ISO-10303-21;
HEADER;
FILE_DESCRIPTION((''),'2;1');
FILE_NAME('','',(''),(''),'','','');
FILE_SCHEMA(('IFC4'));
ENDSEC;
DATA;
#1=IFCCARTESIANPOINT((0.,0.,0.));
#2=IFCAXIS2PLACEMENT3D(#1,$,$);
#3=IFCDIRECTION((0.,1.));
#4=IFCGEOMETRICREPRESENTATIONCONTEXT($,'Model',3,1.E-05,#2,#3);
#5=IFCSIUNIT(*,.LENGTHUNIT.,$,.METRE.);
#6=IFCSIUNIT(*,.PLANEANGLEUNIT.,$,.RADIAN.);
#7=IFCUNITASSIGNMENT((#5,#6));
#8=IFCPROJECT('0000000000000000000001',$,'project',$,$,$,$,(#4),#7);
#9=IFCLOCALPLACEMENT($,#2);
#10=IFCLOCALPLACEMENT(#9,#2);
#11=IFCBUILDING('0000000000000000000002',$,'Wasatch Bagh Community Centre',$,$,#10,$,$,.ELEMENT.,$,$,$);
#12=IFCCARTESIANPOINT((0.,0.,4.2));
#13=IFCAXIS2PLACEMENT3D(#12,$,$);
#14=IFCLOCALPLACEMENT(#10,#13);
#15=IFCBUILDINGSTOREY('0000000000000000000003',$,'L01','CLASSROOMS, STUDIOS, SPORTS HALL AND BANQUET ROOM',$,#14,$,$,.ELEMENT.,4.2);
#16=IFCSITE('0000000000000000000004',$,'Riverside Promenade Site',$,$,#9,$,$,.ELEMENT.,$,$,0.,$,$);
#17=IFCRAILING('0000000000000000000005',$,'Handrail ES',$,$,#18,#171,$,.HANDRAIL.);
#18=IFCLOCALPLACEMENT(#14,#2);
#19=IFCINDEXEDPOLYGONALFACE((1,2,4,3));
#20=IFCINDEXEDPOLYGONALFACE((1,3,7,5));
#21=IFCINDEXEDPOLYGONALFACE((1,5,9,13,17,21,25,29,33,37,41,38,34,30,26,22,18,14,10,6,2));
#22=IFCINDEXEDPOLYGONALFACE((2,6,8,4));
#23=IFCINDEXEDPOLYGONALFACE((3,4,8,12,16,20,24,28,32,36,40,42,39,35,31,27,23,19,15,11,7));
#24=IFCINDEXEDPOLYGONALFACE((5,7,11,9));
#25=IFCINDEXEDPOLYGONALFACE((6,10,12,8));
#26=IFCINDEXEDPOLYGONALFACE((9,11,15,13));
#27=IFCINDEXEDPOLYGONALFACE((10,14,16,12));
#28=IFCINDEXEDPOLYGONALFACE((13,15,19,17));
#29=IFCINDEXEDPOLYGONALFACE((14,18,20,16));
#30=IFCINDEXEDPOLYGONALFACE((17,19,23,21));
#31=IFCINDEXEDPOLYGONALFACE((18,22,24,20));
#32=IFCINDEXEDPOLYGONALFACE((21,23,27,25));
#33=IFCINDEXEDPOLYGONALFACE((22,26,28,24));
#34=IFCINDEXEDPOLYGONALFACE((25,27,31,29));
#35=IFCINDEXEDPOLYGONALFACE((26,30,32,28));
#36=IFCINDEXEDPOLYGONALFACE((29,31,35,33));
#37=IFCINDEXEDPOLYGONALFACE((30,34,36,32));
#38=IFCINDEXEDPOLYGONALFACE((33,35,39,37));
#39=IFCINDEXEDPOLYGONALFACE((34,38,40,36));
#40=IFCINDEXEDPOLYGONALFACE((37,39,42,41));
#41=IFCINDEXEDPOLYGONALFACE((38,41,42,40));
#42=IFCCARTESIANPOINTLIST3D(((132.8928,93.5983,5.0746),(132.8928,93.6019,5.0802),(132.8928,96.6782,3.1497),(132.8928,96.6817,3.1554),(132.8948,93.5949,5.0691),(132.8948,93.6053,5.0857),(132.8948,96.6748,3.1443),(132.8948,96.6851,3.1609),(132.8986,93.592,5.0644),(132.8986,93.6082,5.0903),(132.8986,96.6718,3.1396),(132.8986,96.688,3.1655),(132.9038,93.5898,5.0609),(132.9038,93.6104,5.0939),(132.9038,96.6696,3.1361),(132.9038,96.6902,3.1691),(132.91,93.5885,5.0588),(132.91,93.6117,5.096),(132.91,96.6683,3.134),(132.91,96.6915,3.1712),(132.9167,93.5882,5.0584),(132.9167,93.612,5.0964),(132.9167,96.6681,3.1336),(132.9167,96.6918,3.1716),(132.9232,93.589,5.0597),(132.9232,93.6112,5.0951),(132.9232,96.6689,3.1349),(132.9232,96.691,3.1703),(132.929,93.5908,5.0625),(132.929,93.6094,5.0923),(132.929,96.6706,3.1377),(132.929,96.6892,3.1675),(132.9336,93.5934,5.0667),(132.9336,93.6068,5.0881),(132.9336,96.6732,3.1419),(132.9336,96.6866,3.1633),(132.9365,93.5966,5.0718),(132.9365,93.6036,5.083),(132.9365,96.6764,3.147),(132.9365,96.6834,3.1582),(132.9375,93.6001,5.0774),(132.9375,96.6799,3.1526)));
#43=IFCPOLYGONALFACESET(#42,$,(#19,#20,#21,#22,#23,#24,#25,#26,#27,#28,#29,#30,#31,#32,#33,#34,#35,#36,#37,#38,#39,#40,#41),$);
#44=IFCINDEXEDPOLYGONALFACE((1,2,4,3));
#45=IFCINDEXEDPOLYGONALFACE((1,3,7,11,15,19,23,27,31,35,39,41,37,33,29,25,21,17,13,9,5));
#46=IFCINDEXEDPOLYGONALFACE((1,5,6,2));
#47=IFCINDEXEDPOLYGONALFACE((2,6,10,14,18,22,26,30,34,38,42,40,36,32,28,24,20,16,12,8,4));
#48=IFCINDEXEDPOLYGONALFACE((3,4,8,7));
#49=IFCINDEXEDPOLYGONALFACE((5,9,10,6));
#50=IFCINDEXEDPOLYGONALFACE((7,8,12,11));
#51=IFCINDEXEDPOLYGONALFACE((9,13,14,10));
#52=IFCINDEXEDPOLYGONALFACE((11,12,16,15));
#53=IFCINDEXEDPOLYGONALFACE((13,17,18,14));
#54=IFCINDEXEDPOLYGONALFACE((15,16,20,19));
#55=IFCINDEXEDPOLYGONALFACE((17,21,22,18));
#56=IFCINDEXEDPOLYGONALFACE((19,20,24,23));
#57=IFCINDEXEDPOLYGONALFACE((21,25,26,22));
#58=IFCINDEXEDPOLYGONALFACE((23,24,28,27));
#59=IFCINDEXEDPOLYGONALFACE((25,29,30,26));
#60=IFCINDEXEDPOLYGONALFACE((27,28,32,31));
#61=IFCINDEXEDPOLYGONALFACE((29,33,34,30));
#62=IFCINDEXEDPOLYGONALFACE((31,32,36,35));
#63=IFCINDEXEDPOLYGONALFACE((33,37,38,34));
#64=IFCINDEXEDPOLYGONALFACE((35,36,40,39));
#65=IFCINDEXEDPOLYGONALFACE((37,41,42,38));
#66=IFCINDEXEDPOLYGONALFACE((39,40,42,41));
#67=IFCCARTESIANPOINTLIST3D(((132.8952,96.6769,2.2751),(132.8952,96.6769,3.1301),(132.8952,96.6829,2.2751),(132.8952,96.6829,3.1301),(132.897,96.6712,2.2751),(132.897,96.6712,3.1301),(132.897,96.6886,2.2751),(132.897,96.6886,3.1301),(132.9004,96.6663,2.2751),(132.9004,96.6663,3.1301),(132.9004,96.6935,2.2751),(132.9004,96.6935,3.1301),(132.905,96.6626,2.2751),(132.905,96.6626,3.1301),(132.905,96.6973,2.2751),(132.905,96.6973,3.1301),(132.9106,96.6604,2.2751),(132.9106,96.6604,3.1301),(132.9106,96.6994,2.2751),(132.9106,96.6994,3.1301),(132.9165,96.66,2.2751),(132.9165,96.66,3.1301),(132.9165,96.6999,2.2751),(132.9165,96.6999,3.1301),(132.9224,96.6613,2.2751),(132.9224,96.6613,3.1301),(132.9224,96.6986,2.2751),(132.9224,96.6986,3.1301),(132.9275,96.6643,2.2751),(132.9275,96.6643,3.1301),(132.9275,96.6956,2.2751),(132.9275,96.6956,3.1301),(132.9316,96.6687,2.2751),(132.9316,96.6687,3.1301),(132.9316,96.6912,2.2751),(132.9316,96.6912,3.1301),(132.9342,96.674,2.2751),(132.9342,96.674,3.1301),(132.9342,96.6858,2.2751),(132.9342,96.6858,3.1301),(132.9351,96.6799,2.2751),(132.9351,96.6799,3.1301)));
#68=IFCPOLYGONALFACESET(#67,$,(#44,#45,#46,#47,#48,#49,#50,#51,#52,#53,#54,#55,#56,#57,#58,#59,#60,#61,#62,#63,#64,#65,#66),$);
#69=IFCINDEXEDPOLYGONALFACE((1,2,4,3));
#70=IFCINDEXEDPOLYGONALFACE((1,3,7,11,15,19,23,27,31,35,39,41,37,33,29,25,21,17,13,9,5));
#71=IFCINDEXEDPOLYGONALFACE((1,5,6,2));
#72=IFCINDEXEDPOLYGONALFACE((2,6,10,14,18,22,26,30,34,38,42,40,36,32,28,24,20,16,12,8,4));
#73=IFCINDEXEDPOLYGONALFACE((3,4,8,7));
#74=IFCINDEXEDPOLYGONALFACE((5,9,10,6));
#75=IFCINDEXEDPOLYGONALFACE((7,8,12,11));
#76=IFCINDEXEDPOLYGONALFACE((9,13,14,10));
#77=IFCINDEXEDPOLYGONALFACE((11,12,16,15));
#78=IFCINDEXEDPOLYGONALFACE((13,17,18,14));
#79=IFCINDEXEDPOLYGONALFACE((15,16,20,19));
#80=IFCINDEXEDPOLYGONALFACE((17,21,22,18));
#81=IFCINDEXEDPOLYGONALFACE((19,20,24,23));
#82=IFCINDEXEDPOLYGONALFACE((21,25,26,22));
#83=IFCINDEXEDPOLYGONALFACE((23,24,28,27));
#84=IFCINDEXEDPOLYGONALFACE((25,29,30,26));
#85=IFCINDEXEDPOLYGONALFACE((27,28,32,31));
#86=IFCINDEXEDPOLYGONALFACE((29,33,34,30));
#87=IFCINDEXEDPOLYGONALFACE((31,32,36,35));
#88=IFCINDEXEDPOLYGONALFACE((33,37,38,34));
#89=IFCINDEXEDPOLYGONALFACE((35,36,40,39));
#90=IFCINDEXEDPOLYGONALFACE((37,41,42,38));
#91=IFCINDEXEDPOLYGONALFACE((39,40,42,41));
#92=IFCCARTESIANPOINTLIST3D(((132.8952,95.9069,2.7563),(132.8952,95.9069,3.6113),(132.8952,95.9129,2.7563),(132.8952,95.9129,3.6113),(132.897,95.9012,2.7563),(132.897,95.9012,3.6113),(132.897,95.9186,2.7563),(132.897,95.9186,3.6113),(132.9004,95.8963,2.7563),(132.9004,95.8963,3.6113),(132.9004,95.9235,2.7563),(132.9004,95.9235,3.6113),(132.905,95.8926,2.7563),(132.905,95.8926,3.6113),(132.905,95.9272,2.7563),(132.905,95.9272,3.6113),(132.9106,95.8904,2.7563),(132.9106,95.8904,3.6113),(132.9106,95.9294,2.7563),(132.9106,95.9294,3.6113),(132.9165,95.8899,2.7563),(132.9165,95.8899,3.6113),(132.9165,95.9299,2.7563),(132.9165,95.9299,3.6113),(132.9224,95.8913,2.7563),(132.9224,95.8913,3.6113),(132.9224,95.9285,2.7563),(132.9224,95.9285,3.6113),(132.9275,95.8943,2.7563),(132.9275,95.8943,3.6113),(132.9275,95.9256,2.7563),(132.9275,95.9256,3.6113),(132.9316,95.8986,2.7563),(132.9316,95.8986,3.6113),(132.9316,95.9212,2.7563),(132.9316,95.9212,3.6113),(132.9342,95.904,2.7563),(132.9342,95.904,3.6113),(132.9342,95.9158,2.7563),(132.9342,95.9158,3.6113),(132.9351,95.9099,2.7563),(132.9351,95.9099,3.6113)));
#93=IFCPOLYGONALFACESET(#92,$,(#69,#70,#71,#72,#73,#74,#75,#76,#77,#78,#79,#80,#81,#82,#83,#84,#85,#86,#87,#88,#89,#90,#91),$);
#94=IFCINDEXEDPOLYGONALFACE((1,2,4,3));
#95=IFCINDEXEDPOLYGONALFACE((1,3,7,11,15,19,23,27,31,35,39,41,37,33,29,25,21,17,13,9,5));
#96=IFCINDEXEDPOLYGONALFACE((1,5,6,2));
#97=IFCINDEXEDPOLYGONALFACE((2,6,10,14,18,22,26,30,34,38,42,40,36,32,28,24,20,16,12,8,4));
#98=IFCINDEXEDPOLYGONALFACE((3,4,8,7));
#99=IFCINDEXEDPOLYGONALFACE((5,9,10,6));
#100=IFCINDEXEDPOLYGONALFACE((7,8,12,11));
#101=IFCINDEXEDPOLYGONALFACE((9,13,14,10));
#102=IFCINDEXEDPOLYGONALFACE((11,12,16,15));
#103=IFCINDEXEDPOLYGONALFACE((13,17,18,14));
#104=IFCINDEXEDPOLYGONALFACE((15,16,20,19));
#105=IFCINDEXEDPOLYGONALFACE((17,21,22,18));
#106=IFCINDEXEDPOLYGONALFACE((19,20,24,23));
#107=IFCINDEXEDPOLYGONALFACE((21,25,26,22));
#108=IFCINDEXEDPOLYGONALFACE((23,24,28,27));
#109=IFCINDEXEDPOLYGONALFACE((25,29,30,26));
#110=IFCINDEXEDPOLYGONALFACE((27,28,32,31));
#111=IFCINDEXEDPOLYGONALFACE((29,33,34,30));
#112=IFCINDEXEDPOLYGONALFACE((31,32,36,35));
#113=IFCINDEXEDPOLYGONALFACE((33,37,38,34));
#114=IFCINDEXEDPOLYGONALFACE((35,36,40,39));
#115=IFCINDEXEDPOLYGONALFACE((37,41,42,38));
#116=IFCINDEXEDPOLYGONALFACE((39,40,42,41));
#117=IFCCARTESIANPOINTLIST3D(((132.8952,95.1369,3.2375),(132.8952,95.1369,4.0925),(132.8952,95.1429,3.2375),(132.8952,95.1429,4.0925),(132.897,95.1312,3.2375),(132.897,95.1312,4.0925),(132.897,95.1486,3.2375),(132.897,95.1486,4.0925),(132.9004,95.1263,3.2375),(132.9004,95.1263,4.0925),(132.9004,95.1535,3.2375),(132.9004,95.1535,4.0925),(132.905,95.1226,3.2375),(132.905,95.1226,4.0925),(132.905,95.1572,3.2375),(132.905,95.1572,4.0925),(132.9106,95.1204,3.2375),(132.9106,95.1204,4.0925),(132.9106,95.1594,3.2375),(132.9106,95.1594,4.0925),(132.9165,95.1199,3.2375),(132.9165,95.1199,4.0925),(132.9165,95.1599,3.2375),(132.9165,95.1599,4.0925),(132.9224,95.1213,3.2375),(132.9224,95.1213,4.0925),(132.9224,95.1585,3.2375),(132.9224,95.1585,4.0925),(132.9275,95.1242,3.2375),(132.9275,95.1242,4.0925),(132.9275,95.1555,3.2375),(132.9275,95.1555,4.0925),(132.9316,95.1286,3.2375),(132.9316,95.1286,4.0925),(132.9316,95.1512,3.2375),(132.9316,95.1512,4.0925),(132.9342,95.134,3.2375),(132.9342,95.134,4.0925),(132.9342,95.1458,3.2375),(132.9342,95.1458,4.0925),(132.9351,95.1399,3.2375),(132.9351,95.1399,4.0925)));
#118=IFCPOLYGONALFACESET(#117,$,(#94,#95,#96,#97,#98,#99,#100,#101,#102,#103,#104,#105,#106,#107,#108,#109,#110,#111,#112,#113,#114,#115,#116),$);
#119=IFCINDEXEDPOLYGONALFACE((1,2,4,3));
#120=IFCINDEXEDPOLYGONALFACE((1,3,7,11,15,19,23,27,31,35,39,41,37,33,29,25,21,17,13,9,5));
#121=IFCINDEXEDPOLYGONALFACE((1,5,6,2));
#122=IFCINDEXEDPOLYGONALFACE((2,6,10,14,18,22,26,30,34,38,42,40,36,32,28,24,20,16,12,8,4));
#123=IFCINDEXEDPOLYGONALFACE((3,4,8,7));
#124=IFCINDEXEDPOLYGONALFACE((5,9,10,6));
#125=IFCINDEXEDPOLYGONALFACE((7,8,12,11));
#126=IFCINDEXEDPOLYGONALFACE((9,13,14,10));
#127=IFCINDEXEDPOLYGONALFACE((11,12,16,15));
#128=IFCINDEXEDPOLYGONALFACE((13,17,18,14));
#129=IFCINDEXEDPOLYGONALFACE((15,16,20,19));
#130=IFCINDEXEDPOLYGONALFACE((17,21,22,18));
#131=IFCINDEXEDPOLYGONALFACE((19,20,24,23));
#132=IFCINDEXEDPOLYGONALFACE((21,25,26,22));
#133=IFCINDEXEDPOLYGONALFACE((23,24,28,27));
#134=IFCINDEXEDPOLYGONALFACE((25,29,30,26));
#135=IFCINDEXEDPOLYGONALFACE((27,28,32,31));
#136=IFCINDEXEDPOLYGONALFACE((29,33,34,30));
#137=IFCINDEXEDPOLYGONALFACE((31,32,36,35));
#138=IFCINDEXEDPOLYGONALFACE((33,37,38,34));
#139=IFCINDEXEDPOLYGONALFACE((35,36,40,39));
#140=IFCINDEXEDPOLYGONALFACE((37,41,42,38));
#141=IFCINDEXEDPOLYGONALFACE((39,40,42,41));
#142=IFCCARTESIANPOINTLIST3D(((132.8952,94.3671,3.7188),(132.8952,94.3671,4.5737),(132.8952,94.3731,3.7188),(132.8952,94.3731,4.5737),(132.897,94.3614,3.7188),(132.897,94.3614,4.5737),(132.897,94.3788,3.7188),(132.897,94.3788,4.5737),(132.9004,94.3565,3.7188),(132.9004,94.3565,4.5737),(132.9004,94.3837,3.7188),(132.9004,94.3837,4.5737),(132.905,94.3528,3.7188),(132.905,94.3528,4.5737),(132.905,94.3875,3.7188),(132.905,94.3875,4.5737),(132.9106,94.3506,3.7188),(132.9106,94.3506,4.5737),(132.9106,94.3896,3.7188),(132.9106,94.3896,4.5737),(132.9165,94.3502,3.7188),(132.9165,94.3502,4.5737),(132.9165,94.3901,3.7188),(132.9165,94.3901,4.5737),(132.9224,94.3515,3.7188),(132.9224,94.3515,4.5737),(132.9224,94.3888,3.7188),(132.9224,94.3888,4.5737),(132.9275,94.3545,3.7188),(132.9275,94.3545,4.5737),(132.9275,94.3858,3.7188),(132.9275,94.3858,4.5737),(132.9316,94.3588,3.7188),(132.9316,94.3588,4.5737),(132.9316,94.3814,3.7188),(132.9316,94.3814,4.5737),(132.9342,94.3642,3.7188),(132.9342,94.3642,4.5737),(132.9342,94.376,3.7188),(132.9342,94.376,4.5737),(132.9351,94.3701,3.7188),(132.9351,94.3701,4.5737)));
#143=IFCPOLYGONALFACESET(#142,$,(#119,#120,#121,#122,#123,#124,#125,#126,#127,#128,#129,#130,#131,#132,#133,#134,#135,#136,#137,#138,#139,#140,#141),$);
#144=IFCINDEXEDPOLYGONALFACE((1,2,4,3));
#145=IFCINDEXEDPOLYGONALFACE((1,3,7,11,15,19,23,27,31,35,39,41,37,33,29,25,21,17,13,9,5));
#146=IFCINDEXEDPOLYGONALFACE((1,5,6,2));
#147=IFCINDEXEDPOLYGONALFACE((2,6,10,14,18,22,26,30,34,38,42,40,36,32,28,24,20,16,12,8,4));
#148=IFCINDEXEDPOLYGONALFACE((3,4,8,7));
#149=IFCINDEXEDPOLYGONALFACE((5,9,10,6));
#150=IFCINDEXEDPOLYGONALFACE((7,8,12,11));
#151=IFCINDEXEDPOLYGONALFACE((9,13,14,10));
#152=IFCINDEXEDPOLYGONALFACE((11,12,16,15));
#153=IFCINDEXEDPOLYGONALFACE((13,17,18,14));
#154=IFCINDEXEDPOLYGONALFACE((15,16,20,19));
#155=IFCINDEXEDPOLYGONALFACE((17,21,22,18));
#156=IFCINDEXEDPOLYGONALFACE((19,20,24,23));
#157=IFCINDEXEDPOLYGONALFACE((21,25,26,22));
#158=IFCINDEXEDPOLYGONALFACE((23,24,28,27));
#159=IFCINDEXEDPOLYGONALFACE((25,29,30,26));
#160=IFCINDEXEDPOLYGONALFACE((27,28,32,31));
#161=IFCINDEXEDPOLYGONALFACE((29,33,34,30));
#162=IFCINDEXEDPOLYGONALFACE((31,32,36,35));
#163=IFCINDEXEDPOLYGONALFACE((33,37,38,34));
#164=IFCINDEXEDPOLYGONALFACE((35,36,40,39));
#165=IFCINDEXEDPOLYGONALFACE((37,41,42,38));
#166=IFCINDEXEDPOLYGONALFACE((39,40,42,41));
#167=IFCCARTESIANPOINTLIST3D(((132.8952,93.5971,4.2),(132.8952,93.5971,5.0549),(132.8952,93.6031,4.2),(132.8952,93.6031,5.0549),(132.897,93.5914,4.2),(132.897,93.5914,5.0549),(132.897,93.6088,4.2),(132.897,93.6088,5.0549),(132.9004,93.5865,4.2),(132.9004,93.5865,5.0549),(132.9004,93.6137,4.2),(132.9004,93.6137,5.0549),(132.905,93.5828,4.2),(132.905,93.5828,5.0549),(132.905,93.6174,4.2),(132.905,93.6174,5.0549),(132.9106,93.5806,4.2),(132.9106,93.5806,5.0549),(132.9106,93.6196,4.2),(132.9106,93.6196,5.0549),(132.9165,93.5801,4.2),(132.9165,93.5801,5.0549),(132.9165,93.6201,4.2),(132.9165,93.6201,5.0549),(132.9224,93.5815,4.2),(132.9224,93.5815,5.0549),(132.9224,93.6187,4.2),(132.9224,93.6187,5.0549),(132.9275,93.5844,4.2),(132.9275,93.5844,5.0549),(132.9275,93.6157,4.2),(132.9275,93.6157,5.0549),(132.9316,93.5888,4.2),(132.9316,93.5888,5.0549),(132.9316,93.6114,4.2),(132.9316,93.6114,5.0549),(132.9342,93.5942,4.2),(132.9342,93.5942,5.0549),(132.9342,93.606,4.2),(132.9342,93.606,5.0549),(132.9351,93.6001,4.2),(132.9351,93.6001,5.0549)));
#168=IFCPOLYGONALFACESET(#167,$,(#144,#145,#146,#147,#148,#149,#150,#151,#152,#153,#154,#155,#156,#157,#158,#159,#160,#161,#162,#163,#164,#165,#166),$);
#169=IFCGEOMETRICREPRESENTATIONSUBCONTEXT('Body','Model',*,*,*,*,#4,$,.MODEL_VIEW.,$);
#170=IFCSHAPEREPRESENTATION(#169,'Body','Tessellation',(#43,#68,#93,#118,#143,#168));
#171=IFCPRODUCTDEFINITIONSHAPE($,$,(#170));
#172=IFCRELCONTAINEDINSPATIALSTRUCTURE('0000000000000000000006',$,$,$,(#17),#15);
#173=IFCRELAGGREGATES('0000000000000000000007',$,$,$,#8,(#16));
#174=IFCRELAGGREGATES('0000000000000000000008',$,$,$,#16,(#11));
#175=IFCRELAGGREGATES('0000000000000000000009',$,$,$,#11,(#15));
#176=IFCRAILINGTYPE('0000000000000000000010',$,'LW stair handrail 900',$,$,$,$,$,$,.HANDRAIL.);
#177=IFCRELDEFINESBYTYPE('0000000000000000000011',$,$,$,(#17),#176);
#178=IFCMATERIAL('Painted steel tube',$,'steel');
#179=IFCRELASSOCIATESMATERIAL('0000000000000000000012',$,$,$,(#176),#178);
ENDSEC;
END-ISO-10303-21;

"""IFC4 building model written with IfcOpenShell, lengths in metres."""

from ifc_helpers import new_model, si_unit, direction, frame, origin, origin_2d, place, context, subcontext, project, spatial, circle, extrude, material, type_object, element, save


model = new_model("IFC4")

# Units and contexts
model_context = context("Model", 3, precision=1e-05, world=origin(), true_north=direction((0.0, 1.0)))
body_context = subcontext(model_context, "Body", "Model", "MODEL_VIEW")
ifc_project = project(units=[si_unit("LENGTHUNIT", "METRE"), si_unit("PLANEANGLEUNIT", "RADIAN")], contexts=[model_context])

# Site, building, storey
site_placement = place(None, origin())
site = spatial("IfcSite", under=ifc_project, at=site_placement, Name="Riverside Promenade Site", CompositionType="ELEMENT", RefElevation=0.0)
building_placement = place(site_placement, origin())
building = spatial("IfcBuilding", under=site, at=building_placement, Name="Wasatch Bagh Community Centre", CompositionType="ELEMENT")
storey_placement = place(building_placement, frame((0.0, 0.0, 4.2)))
storey = spatial("IfcBuildingStorey", under=building, at=storey_placement, Name="L01", Description="CLASSROOMS, STUDIOS, SPORTS HALL AND BANQUET ROOM", CompositionType="ELEMENT", Elevation=4.2)

# Railing
ifc_material_1 = material(Name="Painted steel tube", Category="steel")
railing_type_1 = type_object("IfcRailingType", Name="LW stair handrail 900", PredefinedType="HANDRAIL", material=ifc_material_1)
for number, where, name in (
    (1, (132.915, 96.6799, 2.2751), "Handrail ES"),
):
    element("IfcRailing", number, at=place(storey_placement, frame(where)), inside=storey, type_object=railing_type_1, Name=name, PredefinedType="HANDRAIL", context=body_context, shape_type="SweptSolid", body=[
        extrude(circle(Radius=0.0225, at=origin_2d()), frame((0.0, 0.0, 0.8774), z_axis=(0.0, -0.84801, 0.529981), x_axis=(1.0, 0.0, 0.0)), (0.0, 0.0, 1.0), 3.6318),
        extrude(circle(Radius=0.02, at=origin_2d()), origin(), (0.0, 0.0, 1.0), 0.855),
        extrude(circle(Radius=0.02, at=origin_2d()), frame((0.0, -0.77, 0.4812)), (0.0, 0.0, 1.0), 0.855),
        extrude(circle(Radius=0.02, at=origin_2d()), frame((0.0, -1.54, 0.9624)), (0.0, 0.0, 1.0), 0.855),
        extrude(circle(Radius=0.02, at=origin_2d()), frame((0.0, -2.3098, 1.4436)), (0.0, 0.0, 1.0), 0.855),
        extrude(circle(Radius=0.02, at=origin_2d()), frame((0.0, -3.0798, 1.9248)), (0.0, 0.0, 1.0), 0.855),
    ])

save(model, "model.ifc")
